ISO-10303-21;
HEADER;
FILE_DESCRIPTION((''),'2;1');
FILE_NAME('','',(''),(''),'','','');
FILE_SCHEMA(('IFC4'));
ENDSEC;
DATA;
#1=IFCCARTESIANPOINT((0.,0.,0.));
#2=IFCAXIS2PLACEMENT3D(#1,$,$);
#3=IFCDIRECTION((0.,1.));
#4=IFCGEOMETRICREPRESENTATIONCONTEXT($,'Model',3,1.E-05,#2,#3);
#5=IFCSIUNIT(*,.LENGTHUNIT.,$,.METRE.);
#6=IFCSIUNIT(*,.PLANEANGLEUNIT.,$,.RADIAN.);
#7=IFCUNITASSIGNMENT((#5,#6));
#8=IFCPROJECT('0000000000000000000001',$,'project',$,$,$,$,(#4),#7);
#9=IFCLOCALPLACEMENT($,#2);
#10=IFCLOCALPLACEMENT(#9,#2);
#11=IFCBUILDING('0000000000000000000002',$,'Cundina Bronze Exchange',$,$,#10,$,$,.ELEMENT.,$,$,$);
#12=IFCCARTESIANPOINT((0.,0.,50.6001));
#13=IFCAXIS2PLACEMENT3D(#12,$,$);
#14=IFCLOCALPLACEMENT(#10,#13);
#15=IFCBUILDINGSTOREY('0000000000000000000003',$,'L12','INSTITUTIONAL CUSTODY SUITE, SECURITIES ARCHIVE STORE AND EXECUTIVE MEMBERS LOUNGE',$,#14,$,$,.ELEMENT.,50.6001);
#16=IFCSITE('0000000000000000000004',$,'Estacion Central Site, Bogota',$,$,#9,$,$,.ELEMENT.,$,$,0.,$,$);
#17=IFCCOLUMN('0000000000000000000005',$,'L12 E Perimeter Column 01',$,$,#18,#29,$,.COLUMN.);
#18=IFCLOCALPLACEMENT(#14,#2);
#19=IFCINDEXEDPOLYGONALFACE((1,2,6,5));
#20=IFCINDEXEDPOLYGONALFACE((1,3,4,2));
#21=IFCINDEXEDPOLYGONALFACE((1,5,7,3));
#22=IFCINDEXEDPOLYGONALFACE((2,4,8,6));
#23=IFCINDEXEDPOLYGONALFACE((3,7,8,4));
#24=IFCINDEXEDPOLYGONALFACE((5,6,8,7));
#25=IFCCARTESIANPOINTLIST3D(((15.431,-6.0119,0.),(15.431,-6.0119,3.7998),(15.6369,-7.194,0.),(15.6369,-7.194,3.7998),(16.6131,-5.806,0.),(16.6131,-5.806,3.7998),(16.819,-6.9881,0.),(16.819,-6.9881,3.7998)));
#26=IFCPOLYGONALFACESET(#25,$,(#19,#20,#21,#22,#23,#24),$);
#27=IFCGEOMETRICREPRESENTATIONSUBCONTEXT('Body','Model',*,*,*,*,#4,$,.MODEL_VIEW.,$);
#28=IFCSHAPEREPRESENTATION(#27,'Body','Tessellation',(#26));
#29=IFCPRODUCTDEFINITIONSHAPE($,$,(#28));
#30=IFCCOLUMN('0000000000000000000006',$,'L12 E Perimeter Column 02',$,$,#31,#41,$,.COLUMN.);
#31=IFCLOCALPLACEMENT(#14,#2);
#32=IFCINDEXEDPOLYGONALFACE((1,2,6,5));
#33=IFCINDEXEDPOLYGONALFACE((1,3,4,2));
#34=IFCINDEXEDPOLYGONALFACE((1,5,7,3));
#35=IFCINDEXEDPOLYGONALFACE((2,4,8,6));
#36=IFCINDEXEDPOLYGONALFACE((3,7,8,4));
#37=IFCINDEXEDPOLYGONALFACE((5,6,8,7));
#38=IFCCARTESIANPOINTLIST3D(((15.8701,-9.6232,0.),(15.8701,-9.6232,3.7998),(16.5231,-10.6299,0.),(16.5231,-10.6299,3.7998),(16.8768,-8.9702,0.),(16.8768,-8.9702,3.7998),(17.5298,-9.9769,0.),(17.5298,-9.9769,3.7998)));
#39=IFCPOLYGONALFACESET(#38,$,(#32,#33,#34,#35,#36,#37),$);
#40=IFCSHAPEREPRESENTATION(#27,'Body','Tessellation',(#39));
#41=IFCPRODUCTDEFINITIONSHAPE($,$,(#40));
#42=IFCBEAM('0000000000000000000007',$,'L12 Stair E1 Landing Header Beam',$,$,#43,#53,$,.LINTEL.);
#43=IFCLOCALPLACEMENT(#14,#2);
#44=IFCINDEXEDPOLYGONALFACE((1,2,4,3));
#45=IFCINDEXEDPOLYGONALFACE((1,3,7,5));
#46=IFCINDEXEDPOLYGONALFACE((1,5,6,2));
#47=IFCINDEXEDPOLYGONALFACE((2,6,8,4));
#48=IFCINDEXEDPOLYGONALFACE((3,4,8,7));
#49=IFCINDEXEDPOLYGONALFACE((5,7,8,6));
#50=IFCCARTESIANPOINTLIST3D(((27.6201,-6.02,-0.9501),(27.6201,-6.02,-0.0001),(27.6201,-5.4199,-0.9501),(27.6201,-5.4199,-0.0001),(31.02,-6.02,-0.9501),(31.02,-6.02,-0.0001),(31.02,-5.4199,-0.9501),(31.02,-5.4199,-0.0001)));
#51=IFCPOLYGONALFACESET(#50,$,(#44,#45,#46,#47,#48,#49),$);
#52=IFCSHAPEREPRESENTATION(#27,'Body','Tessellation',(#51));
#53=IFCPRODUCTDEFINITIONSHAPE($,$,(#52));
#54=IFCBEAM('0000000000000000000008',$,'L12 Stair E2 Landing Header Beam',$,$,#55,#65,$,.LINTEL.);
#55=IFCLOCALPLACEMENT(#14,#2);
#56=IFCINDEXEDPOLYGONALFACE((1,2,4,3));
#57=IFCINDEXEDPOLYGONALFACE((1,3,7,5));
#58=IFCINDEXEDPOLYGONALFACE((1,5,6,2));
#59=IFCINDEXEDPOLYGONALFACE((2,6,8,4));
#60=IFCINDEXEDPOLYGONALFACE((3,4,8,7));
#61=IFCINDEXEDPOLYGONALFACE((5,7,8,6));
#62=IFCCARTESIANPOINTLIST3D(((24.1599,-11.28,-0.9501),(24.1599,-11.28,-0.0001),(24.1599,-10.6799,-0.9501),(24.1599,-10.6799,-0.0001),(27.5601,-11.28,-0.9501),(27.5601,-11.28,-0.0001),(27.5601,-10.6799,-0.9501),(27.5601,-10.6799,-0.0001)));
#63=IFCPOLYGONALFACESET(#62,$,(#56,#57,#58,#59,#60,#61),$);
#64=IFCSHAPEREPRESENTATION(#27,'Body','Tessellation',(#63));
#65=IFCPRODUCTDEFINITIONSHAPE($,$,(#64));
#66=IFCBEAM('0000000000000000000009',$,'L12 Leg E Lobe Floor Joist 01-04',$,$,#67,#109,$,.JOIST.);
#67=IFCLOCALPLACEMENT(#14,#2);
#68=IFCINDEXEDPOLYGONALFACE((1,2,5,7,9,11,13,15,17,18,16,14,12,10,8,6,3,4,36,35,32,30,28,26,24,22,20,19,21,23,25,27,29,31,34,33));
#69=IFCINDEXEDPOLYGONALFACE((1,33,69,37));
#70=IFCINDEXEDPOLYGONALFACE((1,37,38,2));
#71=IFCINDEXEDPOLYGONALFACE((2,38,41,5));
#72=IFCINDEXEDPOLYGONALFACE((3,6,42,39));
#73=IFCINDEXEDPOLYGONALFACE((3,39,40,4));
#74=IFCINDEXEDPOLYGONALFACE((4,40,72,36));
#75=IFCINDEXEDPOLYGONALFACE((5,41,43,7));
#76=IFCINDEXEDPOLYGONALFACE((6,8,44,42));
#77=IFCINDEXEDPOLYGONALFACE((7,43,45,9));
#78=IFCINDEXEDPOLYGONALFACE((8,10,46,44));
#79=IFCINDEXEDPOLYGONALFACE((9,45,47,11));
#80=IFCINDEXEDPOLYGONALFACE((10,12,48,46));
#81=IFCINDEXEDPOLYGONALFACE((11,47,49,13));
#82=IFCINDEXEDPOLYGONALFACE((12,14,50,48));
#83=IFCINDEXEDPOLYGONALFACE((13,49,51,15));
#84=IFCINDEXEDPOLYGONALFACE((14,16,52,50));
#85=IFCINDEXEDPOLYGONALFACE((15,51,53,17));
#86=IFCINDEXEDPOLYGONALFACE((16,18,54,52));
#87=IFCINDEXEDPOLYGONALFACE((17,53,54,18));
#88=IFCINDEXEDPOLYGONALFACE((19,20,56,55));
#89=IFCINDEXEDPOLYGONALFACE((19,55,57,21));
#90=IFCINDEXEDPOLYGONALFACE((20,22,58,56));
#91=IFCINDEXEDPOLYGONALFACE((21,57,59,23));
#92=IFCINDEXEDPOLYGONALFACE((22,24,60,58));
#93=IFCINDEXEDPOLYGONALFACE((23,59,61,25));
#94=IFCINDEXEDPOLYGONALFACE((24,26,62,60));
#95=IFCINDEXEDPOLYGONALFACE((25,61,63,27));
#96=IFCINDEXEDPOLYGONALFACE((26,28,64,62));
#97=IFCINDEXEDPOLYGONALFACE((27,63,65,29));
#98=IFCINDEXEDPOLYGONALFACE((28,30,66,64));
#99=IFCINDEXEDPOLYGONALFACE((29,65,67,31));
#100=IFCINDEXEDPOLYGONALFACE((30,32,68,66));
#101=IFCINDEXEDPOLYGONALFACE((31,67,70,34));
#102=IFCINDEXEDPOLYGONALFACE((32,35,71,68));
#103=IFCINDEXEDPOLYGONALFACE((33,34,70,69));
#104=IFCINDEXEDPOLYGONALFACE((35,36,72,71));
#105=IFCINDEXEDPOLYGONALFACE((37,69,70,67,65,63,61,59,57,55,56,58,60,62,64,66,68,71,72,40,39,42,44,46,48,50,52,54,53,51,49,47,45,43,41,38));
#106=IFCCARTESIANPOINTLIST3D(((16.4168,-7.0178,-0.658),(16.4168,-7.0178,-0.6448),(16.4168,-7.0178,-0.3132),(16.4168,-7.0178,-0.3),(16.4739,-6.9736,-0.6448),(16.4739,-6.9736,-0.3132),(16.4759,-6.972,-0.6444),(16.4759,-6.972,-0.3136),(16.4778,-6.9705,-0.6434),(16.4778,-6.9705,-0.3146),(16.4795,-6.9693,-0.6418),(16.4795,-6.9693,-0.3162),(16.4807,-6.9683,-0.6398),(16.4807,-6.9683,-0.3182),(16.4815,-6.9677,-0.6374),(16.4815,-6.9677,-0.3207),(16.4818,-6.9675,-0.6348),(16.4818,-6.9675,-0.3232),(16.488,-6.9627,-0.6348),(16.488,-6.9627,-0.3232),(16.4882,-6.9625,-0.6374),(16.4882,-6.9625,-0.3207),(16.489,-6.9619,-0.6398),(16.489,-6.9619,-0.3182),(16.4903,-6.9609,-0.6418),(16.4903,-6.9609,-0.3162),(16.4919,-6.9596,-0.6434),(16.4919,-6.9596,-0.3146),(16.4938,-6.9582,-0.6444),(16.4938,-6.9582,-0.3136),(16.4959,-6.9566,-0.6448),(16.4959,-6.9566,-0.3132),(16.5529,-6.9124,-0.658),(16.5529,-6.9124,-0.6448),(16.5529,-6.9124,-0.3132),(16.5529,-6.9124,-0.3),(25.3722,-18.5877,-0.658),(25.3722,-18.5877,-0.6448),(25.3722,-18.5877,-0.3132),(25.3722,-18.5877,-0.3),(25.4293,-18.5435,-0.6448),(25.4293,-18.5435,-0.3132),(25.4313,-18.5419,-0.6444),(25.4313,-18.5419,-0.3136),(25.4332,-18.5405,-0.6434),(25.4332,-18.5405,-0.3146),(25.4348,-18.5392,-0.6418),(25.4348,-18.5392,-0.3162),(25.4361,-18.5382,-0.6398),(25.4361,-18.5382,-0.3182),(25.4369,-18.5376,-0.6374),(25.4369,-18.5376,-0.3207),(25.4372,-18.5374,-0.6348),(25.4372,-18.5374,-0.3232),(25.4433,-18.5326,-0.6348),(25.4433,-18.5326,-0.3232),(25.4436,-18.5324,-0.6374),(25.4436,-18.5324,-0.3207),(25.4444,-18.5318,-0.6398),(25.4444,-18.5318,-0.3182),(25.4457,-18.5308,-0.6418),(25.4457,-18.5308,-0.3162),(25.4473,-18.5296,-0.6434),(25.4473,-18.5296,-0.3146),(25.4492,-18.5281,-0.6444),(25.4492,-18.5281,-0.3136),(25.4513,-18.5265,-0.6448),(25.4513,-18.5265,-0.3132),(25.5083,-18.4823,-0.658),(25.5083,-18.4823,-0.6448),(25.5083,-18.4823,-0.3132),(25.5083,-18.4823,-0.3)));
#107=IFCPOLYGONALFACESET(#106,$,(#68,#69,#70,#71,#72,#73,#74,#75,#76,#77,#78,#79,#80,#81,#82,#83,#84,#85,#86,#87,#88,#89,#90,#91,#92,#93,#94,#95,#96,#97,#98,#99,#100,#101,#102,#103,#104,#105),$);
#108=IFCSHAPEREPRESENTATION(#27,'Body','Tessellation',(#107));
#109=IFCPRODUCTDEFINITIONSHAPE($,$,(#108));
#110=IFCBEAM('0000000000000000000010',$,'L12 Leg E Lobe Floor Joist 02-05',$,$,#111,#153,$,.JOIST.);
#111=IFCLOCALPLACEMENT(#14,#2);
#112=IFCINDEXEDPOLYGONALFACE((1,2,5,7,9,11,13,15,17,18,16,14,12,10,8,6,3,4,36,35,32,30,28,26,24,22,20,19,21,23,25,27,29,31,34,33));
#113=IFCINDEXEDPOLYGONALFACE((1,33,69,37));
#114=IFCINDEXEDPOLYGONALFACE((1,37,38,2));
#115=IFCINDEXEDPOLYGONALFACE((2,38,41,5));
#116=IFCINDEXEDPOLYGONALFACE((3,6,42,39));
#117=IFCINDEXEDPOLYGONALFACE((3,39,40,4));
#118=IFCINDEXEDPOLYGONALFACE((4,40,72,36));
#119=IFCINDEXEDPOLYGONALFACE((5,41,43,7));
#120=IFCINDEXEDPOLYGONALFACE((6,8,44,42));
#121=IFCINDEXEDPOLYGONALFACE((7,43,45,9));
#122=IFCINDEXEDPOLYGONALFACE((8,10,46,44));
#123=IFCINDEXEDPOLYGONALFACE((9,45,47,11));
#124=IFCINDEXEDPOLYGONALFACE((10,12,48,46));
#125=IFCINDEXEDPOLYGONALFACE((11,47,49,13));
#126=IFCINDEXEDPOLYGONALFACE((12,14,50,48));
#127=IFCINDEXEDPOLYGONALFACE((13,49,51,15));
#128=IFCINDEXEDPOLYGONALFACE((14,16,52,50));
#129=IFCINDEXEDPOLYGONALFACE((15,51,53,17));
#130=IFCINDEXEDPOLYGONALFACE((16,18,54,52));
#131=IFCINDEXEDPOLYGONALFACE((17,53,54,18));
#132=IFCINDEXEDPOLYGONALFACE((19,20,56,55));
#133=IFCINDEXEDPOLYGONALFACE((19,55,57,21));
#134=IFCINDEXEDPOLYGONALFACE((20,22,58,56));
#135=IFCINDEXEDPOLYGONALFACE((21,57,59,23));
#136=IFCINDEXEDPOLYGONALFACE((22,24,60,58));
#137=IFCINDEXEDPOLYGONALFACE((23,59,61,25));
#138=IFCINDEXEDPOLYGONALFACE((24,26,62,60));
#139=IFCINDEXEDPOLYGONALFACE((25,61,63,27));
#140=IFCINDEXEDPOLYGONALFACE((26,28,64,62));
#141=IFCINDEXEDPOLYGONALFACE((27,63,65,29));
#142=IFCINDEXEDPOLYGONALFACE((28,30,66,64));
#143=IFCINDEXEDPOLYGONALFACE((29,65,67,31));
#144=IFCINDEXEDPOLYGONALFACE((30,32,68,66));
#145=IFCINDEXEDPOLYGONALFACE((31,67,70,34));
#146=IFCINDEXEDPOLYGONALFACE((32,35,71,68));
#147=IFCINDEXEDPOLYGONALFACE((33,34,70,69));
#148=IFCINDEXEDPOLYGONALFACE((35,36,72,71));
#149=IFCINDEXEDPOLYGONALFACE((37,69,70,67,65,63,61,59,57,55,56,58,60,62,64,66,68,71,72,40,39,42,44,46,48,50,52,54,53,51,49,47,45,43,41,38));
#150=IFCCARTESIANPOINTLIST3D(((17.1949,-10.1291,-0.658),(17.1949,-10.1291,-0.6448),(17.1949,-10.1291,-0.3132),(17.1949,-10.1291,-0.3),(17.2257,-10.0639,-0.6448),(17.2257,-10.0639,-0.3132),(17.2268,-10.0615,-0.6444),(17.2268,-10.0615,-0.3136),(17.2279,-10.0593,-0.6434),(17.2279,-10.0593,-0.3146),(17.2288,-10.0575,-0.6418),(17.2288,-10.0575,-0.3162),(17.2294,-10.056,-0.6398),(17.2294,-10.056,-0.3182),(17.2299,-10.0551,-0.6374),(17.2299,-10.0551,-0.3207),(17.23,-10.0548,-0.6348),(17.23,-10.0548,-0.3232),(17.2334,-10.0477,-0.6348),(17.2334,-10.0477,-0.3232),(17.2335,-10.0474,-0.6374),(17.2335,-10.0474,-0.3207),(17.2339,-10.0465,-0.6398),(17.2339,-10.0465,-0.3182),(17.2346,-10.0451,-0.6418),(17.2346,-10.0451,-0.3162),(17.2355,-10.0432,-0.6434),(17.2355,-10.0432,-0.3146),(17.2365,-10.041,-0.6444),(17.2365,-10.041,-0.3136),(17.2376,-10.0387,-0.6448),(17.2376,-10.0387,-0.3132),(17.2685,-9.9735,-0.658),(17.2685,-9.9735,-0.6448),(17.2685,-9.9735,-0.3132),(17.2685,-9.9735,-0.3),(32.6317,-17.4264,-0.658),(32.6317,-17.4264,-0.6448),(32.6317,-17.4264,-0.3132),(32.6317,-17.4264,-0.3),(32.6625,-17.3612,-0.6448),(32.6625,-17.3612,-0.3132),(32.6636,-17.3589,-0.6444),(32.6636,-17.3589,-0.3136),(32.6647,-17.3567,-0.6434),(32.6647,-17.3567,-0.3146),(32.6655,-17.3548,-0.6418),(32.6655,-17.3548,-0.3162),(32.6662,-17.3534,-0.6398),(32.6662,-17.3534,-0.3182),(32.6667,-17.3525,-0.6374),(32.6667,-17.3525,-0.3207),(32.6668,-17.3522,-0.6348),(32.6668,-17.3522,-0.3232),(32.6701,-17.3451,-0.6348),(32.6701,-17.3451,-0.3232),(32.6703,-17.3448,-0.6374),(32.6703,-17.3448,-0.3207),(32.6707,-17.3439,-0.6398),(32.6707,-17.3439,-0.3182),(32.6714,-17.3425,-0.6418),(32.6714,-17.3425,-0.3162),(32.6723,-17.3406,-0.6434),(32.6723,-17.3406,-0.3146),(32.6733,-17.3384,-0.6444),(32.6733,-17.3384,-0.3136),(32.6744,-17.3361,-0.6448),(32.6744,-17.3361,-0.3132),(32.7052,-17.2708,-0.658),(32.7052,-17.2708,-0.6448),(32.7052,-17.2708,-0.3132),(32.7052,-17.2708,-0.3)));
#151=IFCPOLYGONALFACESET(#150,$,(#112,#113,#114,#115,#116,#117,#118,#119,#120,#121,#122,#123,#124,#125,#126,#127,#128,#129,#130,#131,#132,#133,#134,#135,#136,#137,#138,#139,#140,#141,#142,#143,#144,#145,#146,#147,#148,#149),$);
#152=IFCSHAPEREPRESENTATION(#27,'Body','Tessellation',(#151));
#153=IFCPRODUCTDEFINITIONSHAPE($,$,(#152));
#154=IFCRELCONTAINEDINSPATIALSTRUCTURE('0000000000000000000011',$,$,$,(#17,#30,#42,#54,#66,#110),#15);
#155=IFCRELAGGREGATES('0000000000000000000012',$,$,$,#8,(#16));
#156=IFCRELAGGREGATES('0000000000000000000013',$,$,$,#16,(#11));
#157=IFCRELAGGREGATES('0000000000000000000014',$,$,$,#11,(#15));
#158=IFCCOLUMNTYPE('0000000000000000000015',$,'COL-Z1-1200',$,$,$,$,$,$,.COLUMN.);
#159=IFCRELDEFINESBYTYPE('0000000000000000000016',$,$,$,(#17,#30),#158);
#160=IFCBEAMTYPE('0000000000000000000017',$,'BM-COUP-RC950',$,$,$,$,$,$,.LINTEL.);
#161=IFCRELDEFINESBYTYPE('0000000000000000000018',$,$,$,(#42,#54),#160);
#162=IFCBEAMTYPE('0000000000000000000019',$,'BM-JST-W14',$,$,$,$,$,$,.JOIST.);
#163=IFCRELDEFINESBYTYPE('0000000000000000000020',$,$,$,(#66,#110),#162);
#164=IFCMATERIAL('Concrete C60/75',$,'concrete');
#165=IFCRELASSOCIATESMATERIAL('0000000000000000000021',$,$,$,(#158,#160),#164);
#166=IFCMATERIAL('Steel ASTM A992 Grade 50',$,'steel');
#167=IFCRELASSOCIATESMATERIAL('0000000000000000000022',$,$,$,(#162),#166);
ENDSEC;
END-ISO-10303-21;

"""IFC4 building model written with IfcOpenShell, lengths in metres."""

from ifc_helpers import new_model, si_unit, direction, frame, origin, origin_2d, place, context, subcontext, project, spatial, rectangle, i_section, extrude, material, material_profile, profile_set, type_object, element, save


model = new_model("IFC4")

# Units and contexts
model_context = context("Model", 3, precision=1e-05, world=origin(), true_north=direction((0.0, 1.0)))
body_context = subcontext(model_context, "Body", "Model", "MODEL_VIEW")
ifc_project = project(units=[si_unit("LENGTHUNIT", "METRE"), si_unit("PLANEANGLEUNIT", "RADIAN")], contexts=[model_context])

# Site, building, storey
site_placement = place(None, origin())
site = spatial("IfcSite", under=ifc_project, at=site_placement, Name="Estacion Central Site, Bogota", CompositionType="ELEMENT", RefElevation=0.0)
building_placement = place(site_placement, origin())
building = spatial("IfcBuilding", under=site, at=building_placement, Name="Cundina Bronze Exchange", CompositionType="ELEMENT")
storey_placement = place(building_placement, frame((0.0, 0.0, 50.6001)))
storey = spatial("IfcBuildingStorey", under=building, at=storey_placement, Name="L12", Description="INSTITUTIONAL CUSTODY SUITE, SECURITIES ARCHIVE STORE AND EXECUTIVE MEMBERS LOUNGE", CompositionType="ELEMENT", Elevation=50.6001)

# Columns
ifc_material_1 = material(Name="Concrete C60/75", Category="concrete")
ifc_material_profile_1 = material_profile(ifc_material_1, rectangle(XDim=1.2, YDim=1.2, at=origin_2d()), Name="RC1200X1200", Category="concrete")
ifc_profile_set_1 = profile_set([ifc_material_profile_1], Name="Concrete C60/75")
column_type = type_object("IfcColumnType", Name="COL-Z1-1200", PredefinedType="COLUMN", material=ifc_profile_set_1)
for number, where, z_axis, x_axis, name in (
    (1, (16.125, -6.5, 0.0), (0.0, 0.0, 1.0), (0.171585, -0.985169, 0.0), "L12 E Perimeter Column 01"),
    (2, (16.7, -9.8, 0.0), (0.0, 0.0, 1.0), (0.5442, -0.838956, 0.0), "L12 E Perimeter Column 02"),
):
    element("IfcColumn", number, at=place(storey_placement, frame(where, z_axis=z_axis, x_axis=x_axis)), inside=storey, type_object=column_type, Name=name, PredefinedType="COLUMN", context=body_context, shape_type="SweptSolid", body=[
        extrude(rectangle(XDim=1.2, YDim=1.2, at=origin_2d()), origin(), (0.0, 0.0, 1.0), 3.7998),
    ])

# Beams
ifc_material_profile_2 = material_profile(ifc_material_1, rectangle(XDim=0.6001, YDim=0.95, at=origin_2d()), Name="RC600X950", Category="concrete")
ifc_profile_set_2 = profile_set([ifc_material_profile_2], Name="Concrete C60/75")
beam_type_1 = type_object("IfcBeamType", Name="BM-COUP-RC950", PredefinedType="LINTEL", material=ifc_profile_set_2)
beam_1_placement = place(storey_placement, frame((27.6201, -5.72, -0.4751), z_axis=(1.0, 0.0, 0.0), x_axis=(0.0, 1.0, 0.0)))
element("IfcBeam", 3, at=beam_1_placement, inside=storey, type_object=beam_type_1, Name="L12 Stair E1 Landing Header Beam", PredefinedType="LINTEL", context=body_context, shape_type="SweptSolid", body=[
    extrude(rectangle(XDim=0.6001, YDim=0.95, at=origin_2d()), origin(), (0.0, 0.0, 1.0), 3.3999),
])
beam_2_placement = place(storey_placement, frame((24.1599, -10.98, -0.4751), z_axis=(1.0, 0.0, 0.0), x_axis=(0.0, 1.0, 0.0)))
element("IfcBeam", 4, at=beam_2_placement, inside=storey, type_object=beam_type_1, Name="L12 Stair E2 Landing Header Beam", PredefinedType="LINTEL", context=body_context, shape_type="SweptSolid", body=[
    extrude(rectangle(XDim=0.6001, YDim=0.95, at=origin_2d()), origin(), (0.0, 0.0, 1.0), 3.4001),
])
ifc_material_2 = material(Name="Steel ASTM A992 Grade 50", Category="steel")
ifc_material_profile_3 = material_profile(ifc_material_2, i_section(OverallWidth=0.1721, OverallDepth=0.3579, WebThickness=0.0078, FlangeThickness=0.0132, FilletRadius=0.01, at=origin_2d()), Name="W14X38", Category="steel")
ifc_profile_set_3 = profile_set([ifc_material_profile_3], Name="Steel ASTM A992 Grade 50")
beam_type_2 = type_object("IfcBeamType", Name="BM-JST-W14", PredefinedType="JOIST", material=ifc_profile_set_3)
beam_3_placement = place(storey_placement, frame((16.4849, -6.9651, -0.479), z_axis=(0.612089, -0.790789, 0.0), x_axis=(0.790789, 0.612089, 0.0)))
element("IfcBeam", 5, at=beam_3_placement, inside=storey, type_object=beam_type_2, Name="L12 Leg E Lobe Floor Joist 01-04", PredefinedType="JOIST", context=body_context, shape_type="SweptSolid", body=[
    extrude(i_section(OverallWidth=0.1721, OverallDepth=0.3579, WebThickness=0.0078, FlangeThickness=0.0132, FilletRadius=0.01, at=origin_2d()), origin(), (0.0, 0.0, 1.0), 14.6309),
])
beam_4_placement = place(storey_placement, frame((17.2317, -10.0513, -0.479), z_axis=(0.904073, -0.427379, 0.0), x_axis=(0.427379, 0.904073, 0.0)))
element("IfcBeam", 6, at=beam_4_placement, inside=storey, type_object=beam_type_2, Name="L12 Leg E Lobe Floor Joist 02-05", PredefinedType="JOIST", context=body_context, shape_type="SweptSolid", body=[
    extrude(i_section(OverallWidth=0.1721, OverallDepth=0.3579, WebThickness=0.0078, FlangeThickness=0.0132, FilletRadius=0.01, at=origin_2d()), origin(), (0.0, 0.0, 1.0), 17.0747),
])

save(model, "model.ifc")
